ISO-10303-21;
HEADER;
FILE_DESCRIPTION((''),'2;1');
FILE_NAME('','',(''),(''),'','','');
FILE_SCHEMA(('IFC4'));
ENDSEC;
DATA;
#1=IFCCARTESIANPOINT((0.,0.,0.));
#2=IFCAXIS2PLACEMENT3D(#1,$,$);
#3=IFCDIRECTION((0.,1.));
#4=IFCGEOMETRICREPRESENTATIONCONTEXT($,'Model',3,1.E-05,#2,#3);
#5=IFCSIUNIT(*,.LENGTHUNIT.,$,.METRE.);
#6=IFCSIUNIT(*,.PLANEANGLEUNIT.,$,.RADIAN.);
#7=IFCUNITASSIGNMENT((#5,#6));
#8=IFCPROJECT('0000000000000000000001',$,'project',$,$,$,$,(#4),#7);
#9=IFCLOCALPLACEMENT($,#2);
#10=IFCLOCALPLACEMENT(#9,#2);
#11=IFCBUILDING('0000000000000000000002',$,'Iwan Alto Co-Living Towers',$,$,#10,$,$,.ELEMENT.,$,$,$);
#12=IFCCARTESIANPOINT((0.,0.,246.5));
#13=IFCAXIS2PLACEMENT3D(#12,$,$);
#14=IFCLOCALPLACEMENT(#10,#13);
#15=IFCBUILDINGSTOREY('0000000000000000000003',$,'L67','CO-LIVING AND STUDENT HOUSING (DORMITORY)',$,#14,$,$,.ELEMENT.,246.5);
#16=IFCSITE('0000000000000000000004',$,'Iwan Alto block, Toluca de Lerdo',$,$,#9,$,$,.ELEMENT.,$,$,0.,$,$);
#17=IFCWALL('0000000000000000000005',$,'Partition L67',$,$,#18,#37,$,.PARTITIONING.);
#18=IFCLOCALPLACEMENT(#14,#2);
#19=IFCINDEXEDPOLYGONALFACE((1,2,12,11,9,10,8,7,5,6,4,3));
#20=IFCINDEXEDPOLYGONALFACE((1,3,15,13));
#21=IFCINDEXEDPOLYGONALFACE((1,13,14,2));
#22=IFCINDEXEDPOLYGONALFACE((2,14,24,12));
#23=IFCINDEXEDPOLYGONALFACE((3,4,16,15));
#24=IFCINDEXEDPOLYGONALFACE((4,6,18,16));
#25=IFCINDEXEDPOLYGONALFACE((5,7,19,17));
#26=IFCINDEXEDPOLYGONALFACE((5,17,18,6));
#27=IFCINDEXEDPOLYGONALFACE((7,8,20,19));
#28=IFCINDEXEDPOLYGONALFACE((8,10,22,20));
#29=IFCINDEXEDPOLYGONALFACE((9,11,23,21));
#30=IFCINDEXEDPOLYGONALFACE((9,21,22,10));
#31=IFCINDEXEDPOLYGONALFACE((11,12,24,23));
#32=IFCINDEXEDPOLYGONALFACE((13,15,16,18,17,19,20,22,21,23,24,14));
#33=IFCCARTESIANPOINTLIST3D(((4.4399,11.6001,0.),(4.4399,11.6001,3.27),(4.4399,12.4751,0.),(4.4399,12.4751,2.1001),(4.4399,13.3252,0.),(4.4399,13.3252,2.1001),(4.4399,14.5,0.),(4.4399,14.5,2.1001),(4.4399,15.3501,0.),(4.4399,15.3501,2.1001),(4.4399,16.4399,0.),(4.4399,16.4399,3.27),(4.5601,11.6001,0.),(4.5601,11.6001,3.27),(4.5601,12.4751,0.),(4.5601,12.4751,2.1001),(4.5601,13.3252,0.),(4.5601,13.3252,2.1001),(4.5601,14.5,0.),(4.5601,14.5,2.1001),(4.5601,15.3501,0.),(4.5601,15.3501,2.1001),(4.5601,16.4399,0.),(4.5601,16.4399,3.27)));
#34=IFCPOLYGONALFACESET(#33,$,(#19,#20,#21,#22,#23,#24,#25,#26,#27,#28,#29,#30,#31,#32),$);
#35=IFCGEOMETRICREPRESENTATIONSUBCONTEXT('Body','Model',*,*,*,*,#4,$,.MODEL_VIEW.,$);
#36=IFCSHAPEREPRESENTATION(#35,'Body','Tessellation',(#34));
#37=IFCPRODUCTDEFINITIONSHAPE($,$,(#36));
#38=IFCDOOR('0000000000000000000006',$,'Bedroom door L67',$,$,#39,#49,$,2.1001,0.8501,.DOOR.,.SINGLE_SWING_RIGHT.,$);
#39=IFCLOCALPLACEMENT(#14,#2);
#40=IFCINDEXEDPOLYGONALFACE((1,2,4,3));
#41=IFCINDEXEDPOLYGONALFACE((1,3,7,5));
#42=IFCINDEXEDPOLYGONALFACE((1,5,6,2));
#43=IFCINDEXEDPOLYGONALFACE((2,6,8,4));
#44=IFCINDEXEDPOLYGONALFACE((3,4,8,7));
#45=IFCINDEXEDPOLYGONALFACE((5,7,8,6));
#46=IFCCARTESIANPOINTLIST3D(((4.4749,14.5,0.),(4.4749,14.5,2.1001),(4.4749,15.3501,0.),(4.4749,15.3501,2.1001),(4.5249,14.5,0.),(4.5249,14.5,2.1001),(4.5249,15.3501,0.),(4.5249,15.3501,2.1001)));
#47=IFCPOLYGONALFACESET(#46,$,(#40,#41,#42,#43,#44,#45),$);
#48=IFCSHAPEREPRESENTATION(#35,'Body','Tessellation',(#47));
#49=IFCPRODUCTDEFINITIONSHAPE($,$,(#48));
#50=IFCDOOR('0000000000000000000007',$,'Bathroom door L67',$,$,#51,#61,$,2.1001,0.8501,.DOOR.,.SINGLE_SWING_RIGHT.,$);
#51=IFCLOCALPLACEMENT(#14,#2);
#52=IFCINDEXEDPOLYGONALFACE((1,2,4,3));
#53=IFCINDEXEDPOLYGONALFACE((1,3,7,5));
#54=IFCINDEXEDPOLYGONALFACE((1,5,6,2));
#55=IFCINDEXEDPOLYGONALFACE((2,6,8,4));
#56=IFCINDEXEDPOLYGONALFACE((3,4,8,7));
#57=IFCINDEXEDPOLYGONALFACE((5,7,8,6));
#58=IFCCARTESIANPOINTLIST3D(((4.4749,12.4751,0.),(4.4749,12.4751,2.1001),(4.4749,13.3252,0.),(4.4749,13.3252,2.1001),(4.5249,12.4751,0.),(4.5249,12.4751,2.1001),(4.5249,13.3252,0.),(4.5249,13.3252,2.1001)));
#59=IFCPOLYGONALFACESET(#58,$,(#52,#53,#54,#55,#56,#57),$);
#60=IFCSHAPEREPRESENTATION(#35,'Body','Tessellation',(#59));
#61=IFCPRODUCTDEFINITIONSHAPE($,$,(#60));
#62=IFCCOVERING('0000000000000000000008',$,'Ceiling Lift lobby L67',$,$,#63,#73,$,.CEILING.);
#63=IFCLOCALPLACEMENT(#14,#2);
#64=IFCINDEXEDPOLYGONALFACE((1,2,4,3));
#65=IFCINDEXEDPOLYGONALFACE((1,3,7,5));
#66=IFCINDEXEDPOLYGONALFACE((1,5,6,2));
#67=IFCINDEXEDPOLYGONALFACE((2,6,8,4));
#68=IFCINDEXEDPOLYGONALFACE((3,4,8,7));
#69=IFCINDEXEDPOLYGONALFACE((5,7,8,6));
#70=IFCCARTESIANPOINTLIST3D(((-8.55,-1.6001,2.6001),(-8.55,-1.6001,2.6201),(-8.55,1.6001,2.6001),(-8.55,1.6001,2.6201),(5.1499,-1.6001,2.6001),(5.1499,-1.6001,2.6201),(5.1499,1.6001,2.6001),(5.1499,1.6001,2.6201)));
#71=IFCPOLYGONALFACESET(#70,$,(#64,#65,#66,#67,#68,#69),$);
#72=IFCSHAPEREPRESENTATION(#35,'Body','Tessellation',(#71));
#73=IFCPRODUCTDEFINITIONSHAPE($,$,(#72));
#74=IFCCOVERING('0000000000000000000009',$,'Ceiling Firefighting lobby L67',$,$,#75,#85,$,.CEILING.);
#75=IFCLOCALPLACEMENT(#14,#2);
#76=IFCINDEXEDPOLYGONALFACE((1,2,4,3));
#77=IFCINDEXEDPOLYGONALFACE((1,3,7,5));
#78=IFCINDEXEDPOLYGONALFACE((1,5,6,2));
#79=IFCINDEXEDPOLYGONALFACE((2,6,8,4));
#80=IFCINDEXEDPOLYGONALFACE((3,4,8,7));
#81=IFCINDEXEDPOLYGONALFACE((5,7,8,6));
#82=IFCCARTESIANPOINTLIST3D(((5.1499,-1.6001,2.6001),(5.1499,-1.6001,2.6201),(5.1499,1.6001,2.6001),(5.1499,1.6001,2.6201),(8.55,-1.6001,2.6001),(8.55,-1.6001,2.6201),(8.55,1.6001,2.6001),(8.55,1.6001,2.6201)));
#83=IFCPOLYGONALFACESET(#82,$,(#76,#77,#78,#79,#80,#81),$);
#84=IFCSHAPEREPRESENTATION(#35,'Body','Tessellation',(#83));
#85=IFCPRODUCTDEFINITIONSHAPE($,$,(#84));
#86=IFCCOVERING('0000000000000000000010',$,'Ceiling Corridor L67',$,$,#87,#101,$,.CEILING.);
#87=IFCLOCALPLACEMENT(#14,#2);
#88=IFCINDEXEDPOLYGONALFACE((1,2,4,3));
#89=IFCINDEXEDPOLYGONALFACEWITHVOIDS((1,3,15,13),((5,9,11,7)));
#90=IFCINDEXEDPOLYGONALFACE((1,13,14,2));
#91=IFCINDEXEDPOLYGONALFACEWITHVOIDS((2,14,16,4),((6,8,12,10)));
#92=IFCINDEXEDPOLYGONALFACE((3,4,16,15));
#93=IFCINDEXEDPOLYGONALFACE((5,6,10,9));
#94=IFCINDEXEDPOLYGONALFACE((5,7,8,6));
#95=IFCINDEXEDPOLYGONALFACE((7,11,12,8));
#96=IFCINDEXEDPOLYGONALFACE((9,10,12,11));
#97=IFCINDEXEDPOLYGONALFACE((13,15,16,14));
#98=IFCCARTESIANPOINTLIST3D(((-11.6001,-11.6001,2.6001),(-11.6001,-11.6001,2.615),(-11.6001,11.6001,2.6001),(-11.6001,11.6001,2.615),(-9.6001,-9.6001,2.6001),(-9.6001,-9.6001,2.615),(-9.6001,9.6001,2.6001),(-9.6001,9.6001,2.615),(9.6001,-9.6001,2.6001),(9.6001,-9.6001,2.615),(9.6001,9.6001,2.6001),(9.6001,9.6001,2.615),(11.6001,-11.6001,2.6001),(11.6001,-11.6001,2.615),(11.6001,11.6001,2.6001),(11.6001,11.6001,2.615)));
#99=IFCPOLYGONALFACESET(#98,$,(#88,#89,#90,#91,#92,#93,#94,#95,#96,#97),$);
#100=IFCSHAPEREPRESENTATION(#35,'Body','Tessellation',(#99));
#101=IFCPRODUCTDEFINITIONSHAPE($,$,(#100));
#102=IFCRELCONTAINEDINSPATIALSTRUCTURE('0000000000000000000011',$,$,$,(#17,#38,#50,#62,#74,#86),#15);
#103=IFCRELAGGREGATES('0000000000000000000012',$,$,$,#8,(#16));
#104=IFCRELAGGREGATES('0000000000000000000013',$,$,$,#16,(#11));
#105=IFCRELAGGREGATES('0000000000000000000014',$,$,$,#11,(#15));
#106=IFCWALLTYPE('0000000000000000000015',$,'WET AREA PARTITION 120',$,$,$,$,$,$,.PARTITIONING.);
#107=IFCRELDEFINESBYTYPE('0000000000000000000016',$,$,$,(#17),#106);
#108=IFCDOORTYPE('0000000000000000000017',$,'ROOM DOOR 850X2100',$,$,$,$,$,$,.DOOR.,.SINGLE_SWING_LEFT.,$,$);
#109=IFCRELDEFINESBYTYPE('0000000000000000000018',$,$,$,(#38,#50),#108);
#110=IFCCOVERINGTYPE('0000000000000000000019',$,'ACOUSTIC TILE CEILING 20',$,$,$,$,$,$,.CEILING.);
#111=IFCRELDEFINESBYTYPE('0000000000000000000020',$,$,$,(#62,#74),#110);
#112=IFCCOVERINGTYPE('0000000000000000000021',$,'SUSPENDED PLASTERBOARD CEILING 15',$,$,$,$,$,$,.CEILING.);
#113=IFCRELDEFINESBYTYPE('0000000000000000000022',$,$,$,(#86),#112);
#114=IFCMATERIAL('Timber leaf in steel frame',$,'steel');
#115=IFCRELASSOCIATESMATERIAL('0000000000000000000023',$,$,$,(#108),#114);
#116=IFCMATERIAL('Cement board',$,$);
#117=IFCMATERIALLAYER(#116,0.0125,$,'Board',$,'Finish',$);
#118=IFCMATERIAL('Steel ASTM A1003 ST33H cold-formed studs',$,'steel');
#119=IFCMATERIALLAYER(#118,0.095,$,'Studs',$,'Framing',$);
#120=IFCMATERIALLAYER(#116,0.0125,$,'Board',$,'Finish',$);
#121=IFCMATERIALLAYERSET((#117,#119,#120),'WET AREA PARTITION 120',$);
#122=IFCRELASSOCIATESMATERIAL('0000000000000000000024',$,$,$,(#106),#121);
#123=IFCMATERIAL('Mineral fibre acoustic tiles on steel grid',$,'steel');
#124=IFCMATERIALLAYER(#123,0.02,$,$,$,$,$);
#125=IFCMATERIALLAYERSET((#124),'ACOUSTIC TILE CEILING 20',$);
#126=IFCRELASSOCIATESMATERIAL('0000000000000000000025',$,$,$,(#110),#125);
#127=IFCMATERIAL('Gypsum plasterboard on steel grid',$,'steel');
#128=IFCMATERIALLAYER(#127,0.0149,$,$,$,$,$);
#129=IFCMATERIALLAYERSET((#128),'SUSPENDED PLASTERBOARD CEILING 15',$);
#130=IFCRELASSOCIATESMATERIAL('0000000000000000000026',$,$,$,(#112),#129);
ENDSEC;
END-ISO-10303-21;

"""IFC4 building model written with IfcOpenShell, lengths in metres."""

from ifc_helpers import new_model, si_unit, direction, frame, frame_2d, origin, place, context, subcontext, project, spatial, polyline, rectangle, outline, extrude, material, layer, layer_set, type_object, element, fill, save


model = new_model("IFC4")

# Units and contexts
model_context = context("Model", 3, precision=1e-05, world=origin(), true_north=direction((0.0, 1.0)))
body_context = subcontext(model_context, "Body", "Model", "MODEL_VIEW")
ifc_project = project(units=[si_unit("LENGTHUNIT", "METRE"), si_unit("PLANEANGLEUNIT", "RADIAN")], contexts=[model_context])

# Site, building, storey
site_placement = place(None, origin())
site = spatial("IfcSite", under=ifc_project, at=site_placement, Name="Iwan Alto block, Toluca de Lerdo", CompositionType="ELEMENT", RefElevation=0.0)
building_placement = place(site_placement, origin())
building = spatial("IfcBuilding", under=site, at=building_placement, Name="Iwan Alto Co-Living Towers", CompositionType="ELEMENT")
storey_placement = place(building_placement, frame((0.0, 0.0, 246.5)))
storey = spatial("IfcBuildingStorey", under=building, at=storey_placement, Name="L67", Description="CO-LIVING AND STUDENT HOUSING (DORMITORY)", CompositionType="ELEMENT", Elevation=246.5)

# Shared definitions
ifc_material_1 = material(Name="Steel ASTM A1003 ST33H cold-formed studs", Category="steel")
ifc_material_2 = material(Name="Timber leaf in steel frame", Category="steel")
door_type_1 = type_object("IfcDoorType", Name="ROOM DOOR 850X2100", OperationType="SINGLE_SWING_LEFT", PredefinedType="DOOR", material=ifc_material_2)

# Shared definitions
ifc_material_3 = material(Name="Cement board")
ifc_layer_1 = layer(ifc_material_3, 0.0125, Name="Board", Category="Finish")
ifc_layer_2 = layer(ifc_material_1, 0.095, Name="Studs", Category="Framing")
ifc_layer_3 = layer(ifc_material_3, 0.0125, Name="Board", Category="Finish")
ifc_layer_set_1 = layer_set([ifc_layer_1, ifc_layer_2, ifc_layer_3], Name="WET AREA PARTITION 120")
wall_type_1 = type_object("IfcWallType", Name="WET AREA PARTITION 120", PredefinedType="PARTITIONING", material=ifc_layer_set_1)

# Wall, openings, doors
wall_1_placement = place(storey_placement, frame((4.5, 11.6001, 0.0), z_axis=(0.0, 0.0, 1.0), x_axis=(0.0, 1.0, 0.0)))
wall_1 = element("IfcWall", 1, at=wall_1_placement, inside=storey, type_object=wall_type_1, Name="Partition L67", PredefinedType="PARTITIONING", context=body_context, shape_type="SweptSolid", body=[
    extrude(rectangle(XDim=4.8398, YDim=0.1201, at=frame_2d((2.4199, 0.0))), origin(), (0.0, 0.0, 1.0), 3.27),
])
opening_1_placement = place(wall_1_placement, frame((2.8999, 0.0, 0.0)))
opening_1 = element("IfcOpeningElement", 2, at=opening_1_placement, cuts=wall_1, PredefinedType="OPENING", context=body_context, shape_type="SweptSolid", body=[
    extrude(rectangle(XDim=0.8501, YDim=2.1001, at=frame_2d((0.425, 1.05))), frame((0.0, 0.0701, 0.0), z_axis=(0.0, -1.0, 0.0), x_axis=(1.0, 0.0, 0.0)), (0.0, 0.0, 1.0), 0.1401),
])
opening_2_placement = place(wall_1_placement, frame((0.875, 0.0, 0.0)))
opening_2 = element("IfcOpeningElement", 3, at=opening_2_placement, cuts=wall_1, PredefinedType="OPENING", context=body_context, shape_type="SweptSolid", body=[
    extrude(rectangle(XDim=0.8501, YDim=2.1001, at=frame_2d((0.425, 1.05))), frame((0.0, 0.0701, 0.0), z_axis=(0.0, -1.0, 0.0), x_axis=(1.0, 0.0, 0.0)), (0.0, 0.0, 1.0), 0.1401),
])
door_1_placement = place(opening_1_placement, frame((0.8501, 0.0, 0.0), z_axis=(0.0, 0.0, 1.0), x_axis=(-1.0, 0.0, 0.0)))
door_1 = element("IfcDoor", 4, at=door_1_placement, inside=storey, type_object=door_type_1, Name="Bedroom door L67", OperationType="SINGLE_SWING_RIGHT", OverallHeight=2.1001, OverallWidth=0.8501, PredefinedType="DOOR", context=body_context, shape_type="SweptSolid", body=[
    extrude(rectangle(XDim=0.8501, YDim=2.1001, at=frame_2d((0.425, 1.05))), frame((0.0, 0.0249, 0.0), z_axis=(0.0, -1.0, 0.0), x_axis=(1.0, 0.0, 0.0)), (0.0, 0.0, 1.0), 0.05),
])
fill(opening_1, door_1)
door_2_placement = place(opening_2_placement, frame((0.8501, 0.0, 0.0), z_axis=(0.0, 0.0, 1.0), x_axis=(-1.0, 0.0, 0.0)))
door_2 = element("IfcDoor", 5, at=door_2_placement, inside=storey, type_object=door_type_1, Name="Bathroom door L67", OperationType="SINGLE_SWING_RIGHT", OverallHeight=2.1001, OverallWidth=0.8501, PredefinedType="DOOR", context=body_context, shape_type="SweptSolid", body=[
    extrude(rectangle(XDim=0.8501, YDim=2.1001, at=frame_2d((0.425, 1.05))), frame((0.0, 0.0249, 0.0), z_axis=(0.0, -1.0, 0.0), x_axis=(1.0, 0.0, 0.0)), (0.0, 0.0, 1.0), 0.05),
])
fill(opening_2, door_2)

# Coverings
ifc_material_4 = material(Name="Mineral fibre acoustic tiles on steel grid", Category="steel")
ifc_layer_4 = layer(ifc_material_4, 0.02)
ifc_layer_set_2 = layer_set([ifc_layer_4], Name="ACOUSTIC TILE CEILING 20")
covering_type_1 = type_object("IfcCoveringType", Name="ACOUSTIC TILE CEILING 20", PredefinedType="CEILING", material=ifc_layer_set_2)
covering_1_placement = place(storey_placement, frame((0.0, 0.0, 2.6001)))
element("IfcCovering", 6, at=covering_1_placement, inside=storey, type_object=covering_type_1, Name="Ceiling Lift lobby L67", PredefinedType="CEILING", context=body_context, shape_type="SweptSolid", body=[
    extrude(outline(polyline([(-8.55, -1.6001), (-8.55, 1.6001), (5.1499, 1.6001), (5.1499, -1.6001), (-8.55, -1.6001)])), origin(), (0.0, 0.0, 1.0), 0.02),
])
covering_2_placement = place(storey_placement, frame((0.0, 0.0, 2.6001)))
element("IfcCovering", 7, at=covering_2_placement, inside=storey, type_object=covering_type_1, Name="Ceiling Firefighting lobby L67", PredefinedType="CEILING", context=body_context, shape_type="SweptSolid", body=[
    extrude(outline(polyline([(5.1499, -1.6001), (5.1499, 1.6001), (8.55, 1.6001), (8.55, -1.6001), (5.1499, -1.6001)])), origin(), (0.0, 0.0, 1.0), 0.02),
])
ifc_material_5 = material(Name="Gypsum plasterboard on steel grid", Category="steel")
ifc_layer_5 = layer(ifc_material_5, 0.0149)
ifc_layer_set_3 = layer_set([ifc_layer_5], Name="SUSPENDED PLASTERBOARD CEILING 15")
covering_type_2 = type_object("IfcCoveringType", Name="SUSPENDED PLASTERBOARD CEILING 15", PredefinedType="CEILING", material=ifc_layer_set_3)
covering_3_placement = place(storey_placement, frame((0.0, 0.0, 2.6001)))
element("IfcCovering", 8, at=covering_3_placement, inside=storey, type_object=covering_type_2, Name="Ceiling Corridor L67", PredefinedType="CEILING", context=body_context, shape_type="SweptSolid", body=[
    extrude(outline(polyline([(-11.6001, 11.6001), (11.6001, 11.6001), (11.6001, -11.6001), (-11.6001, -11.6001), (-11.6001, 11.6001)]), holes=[polyline([(-9.6001, 9.6001), (-9.6001, -9.6001), (9.6001, -9.6001), (9.6001, 9.6001), (-9.6001, 9.6001)])]), origin(), (0.0, 0.0, 1.0), 0.0149),
])

save(model, "model.ifc")
